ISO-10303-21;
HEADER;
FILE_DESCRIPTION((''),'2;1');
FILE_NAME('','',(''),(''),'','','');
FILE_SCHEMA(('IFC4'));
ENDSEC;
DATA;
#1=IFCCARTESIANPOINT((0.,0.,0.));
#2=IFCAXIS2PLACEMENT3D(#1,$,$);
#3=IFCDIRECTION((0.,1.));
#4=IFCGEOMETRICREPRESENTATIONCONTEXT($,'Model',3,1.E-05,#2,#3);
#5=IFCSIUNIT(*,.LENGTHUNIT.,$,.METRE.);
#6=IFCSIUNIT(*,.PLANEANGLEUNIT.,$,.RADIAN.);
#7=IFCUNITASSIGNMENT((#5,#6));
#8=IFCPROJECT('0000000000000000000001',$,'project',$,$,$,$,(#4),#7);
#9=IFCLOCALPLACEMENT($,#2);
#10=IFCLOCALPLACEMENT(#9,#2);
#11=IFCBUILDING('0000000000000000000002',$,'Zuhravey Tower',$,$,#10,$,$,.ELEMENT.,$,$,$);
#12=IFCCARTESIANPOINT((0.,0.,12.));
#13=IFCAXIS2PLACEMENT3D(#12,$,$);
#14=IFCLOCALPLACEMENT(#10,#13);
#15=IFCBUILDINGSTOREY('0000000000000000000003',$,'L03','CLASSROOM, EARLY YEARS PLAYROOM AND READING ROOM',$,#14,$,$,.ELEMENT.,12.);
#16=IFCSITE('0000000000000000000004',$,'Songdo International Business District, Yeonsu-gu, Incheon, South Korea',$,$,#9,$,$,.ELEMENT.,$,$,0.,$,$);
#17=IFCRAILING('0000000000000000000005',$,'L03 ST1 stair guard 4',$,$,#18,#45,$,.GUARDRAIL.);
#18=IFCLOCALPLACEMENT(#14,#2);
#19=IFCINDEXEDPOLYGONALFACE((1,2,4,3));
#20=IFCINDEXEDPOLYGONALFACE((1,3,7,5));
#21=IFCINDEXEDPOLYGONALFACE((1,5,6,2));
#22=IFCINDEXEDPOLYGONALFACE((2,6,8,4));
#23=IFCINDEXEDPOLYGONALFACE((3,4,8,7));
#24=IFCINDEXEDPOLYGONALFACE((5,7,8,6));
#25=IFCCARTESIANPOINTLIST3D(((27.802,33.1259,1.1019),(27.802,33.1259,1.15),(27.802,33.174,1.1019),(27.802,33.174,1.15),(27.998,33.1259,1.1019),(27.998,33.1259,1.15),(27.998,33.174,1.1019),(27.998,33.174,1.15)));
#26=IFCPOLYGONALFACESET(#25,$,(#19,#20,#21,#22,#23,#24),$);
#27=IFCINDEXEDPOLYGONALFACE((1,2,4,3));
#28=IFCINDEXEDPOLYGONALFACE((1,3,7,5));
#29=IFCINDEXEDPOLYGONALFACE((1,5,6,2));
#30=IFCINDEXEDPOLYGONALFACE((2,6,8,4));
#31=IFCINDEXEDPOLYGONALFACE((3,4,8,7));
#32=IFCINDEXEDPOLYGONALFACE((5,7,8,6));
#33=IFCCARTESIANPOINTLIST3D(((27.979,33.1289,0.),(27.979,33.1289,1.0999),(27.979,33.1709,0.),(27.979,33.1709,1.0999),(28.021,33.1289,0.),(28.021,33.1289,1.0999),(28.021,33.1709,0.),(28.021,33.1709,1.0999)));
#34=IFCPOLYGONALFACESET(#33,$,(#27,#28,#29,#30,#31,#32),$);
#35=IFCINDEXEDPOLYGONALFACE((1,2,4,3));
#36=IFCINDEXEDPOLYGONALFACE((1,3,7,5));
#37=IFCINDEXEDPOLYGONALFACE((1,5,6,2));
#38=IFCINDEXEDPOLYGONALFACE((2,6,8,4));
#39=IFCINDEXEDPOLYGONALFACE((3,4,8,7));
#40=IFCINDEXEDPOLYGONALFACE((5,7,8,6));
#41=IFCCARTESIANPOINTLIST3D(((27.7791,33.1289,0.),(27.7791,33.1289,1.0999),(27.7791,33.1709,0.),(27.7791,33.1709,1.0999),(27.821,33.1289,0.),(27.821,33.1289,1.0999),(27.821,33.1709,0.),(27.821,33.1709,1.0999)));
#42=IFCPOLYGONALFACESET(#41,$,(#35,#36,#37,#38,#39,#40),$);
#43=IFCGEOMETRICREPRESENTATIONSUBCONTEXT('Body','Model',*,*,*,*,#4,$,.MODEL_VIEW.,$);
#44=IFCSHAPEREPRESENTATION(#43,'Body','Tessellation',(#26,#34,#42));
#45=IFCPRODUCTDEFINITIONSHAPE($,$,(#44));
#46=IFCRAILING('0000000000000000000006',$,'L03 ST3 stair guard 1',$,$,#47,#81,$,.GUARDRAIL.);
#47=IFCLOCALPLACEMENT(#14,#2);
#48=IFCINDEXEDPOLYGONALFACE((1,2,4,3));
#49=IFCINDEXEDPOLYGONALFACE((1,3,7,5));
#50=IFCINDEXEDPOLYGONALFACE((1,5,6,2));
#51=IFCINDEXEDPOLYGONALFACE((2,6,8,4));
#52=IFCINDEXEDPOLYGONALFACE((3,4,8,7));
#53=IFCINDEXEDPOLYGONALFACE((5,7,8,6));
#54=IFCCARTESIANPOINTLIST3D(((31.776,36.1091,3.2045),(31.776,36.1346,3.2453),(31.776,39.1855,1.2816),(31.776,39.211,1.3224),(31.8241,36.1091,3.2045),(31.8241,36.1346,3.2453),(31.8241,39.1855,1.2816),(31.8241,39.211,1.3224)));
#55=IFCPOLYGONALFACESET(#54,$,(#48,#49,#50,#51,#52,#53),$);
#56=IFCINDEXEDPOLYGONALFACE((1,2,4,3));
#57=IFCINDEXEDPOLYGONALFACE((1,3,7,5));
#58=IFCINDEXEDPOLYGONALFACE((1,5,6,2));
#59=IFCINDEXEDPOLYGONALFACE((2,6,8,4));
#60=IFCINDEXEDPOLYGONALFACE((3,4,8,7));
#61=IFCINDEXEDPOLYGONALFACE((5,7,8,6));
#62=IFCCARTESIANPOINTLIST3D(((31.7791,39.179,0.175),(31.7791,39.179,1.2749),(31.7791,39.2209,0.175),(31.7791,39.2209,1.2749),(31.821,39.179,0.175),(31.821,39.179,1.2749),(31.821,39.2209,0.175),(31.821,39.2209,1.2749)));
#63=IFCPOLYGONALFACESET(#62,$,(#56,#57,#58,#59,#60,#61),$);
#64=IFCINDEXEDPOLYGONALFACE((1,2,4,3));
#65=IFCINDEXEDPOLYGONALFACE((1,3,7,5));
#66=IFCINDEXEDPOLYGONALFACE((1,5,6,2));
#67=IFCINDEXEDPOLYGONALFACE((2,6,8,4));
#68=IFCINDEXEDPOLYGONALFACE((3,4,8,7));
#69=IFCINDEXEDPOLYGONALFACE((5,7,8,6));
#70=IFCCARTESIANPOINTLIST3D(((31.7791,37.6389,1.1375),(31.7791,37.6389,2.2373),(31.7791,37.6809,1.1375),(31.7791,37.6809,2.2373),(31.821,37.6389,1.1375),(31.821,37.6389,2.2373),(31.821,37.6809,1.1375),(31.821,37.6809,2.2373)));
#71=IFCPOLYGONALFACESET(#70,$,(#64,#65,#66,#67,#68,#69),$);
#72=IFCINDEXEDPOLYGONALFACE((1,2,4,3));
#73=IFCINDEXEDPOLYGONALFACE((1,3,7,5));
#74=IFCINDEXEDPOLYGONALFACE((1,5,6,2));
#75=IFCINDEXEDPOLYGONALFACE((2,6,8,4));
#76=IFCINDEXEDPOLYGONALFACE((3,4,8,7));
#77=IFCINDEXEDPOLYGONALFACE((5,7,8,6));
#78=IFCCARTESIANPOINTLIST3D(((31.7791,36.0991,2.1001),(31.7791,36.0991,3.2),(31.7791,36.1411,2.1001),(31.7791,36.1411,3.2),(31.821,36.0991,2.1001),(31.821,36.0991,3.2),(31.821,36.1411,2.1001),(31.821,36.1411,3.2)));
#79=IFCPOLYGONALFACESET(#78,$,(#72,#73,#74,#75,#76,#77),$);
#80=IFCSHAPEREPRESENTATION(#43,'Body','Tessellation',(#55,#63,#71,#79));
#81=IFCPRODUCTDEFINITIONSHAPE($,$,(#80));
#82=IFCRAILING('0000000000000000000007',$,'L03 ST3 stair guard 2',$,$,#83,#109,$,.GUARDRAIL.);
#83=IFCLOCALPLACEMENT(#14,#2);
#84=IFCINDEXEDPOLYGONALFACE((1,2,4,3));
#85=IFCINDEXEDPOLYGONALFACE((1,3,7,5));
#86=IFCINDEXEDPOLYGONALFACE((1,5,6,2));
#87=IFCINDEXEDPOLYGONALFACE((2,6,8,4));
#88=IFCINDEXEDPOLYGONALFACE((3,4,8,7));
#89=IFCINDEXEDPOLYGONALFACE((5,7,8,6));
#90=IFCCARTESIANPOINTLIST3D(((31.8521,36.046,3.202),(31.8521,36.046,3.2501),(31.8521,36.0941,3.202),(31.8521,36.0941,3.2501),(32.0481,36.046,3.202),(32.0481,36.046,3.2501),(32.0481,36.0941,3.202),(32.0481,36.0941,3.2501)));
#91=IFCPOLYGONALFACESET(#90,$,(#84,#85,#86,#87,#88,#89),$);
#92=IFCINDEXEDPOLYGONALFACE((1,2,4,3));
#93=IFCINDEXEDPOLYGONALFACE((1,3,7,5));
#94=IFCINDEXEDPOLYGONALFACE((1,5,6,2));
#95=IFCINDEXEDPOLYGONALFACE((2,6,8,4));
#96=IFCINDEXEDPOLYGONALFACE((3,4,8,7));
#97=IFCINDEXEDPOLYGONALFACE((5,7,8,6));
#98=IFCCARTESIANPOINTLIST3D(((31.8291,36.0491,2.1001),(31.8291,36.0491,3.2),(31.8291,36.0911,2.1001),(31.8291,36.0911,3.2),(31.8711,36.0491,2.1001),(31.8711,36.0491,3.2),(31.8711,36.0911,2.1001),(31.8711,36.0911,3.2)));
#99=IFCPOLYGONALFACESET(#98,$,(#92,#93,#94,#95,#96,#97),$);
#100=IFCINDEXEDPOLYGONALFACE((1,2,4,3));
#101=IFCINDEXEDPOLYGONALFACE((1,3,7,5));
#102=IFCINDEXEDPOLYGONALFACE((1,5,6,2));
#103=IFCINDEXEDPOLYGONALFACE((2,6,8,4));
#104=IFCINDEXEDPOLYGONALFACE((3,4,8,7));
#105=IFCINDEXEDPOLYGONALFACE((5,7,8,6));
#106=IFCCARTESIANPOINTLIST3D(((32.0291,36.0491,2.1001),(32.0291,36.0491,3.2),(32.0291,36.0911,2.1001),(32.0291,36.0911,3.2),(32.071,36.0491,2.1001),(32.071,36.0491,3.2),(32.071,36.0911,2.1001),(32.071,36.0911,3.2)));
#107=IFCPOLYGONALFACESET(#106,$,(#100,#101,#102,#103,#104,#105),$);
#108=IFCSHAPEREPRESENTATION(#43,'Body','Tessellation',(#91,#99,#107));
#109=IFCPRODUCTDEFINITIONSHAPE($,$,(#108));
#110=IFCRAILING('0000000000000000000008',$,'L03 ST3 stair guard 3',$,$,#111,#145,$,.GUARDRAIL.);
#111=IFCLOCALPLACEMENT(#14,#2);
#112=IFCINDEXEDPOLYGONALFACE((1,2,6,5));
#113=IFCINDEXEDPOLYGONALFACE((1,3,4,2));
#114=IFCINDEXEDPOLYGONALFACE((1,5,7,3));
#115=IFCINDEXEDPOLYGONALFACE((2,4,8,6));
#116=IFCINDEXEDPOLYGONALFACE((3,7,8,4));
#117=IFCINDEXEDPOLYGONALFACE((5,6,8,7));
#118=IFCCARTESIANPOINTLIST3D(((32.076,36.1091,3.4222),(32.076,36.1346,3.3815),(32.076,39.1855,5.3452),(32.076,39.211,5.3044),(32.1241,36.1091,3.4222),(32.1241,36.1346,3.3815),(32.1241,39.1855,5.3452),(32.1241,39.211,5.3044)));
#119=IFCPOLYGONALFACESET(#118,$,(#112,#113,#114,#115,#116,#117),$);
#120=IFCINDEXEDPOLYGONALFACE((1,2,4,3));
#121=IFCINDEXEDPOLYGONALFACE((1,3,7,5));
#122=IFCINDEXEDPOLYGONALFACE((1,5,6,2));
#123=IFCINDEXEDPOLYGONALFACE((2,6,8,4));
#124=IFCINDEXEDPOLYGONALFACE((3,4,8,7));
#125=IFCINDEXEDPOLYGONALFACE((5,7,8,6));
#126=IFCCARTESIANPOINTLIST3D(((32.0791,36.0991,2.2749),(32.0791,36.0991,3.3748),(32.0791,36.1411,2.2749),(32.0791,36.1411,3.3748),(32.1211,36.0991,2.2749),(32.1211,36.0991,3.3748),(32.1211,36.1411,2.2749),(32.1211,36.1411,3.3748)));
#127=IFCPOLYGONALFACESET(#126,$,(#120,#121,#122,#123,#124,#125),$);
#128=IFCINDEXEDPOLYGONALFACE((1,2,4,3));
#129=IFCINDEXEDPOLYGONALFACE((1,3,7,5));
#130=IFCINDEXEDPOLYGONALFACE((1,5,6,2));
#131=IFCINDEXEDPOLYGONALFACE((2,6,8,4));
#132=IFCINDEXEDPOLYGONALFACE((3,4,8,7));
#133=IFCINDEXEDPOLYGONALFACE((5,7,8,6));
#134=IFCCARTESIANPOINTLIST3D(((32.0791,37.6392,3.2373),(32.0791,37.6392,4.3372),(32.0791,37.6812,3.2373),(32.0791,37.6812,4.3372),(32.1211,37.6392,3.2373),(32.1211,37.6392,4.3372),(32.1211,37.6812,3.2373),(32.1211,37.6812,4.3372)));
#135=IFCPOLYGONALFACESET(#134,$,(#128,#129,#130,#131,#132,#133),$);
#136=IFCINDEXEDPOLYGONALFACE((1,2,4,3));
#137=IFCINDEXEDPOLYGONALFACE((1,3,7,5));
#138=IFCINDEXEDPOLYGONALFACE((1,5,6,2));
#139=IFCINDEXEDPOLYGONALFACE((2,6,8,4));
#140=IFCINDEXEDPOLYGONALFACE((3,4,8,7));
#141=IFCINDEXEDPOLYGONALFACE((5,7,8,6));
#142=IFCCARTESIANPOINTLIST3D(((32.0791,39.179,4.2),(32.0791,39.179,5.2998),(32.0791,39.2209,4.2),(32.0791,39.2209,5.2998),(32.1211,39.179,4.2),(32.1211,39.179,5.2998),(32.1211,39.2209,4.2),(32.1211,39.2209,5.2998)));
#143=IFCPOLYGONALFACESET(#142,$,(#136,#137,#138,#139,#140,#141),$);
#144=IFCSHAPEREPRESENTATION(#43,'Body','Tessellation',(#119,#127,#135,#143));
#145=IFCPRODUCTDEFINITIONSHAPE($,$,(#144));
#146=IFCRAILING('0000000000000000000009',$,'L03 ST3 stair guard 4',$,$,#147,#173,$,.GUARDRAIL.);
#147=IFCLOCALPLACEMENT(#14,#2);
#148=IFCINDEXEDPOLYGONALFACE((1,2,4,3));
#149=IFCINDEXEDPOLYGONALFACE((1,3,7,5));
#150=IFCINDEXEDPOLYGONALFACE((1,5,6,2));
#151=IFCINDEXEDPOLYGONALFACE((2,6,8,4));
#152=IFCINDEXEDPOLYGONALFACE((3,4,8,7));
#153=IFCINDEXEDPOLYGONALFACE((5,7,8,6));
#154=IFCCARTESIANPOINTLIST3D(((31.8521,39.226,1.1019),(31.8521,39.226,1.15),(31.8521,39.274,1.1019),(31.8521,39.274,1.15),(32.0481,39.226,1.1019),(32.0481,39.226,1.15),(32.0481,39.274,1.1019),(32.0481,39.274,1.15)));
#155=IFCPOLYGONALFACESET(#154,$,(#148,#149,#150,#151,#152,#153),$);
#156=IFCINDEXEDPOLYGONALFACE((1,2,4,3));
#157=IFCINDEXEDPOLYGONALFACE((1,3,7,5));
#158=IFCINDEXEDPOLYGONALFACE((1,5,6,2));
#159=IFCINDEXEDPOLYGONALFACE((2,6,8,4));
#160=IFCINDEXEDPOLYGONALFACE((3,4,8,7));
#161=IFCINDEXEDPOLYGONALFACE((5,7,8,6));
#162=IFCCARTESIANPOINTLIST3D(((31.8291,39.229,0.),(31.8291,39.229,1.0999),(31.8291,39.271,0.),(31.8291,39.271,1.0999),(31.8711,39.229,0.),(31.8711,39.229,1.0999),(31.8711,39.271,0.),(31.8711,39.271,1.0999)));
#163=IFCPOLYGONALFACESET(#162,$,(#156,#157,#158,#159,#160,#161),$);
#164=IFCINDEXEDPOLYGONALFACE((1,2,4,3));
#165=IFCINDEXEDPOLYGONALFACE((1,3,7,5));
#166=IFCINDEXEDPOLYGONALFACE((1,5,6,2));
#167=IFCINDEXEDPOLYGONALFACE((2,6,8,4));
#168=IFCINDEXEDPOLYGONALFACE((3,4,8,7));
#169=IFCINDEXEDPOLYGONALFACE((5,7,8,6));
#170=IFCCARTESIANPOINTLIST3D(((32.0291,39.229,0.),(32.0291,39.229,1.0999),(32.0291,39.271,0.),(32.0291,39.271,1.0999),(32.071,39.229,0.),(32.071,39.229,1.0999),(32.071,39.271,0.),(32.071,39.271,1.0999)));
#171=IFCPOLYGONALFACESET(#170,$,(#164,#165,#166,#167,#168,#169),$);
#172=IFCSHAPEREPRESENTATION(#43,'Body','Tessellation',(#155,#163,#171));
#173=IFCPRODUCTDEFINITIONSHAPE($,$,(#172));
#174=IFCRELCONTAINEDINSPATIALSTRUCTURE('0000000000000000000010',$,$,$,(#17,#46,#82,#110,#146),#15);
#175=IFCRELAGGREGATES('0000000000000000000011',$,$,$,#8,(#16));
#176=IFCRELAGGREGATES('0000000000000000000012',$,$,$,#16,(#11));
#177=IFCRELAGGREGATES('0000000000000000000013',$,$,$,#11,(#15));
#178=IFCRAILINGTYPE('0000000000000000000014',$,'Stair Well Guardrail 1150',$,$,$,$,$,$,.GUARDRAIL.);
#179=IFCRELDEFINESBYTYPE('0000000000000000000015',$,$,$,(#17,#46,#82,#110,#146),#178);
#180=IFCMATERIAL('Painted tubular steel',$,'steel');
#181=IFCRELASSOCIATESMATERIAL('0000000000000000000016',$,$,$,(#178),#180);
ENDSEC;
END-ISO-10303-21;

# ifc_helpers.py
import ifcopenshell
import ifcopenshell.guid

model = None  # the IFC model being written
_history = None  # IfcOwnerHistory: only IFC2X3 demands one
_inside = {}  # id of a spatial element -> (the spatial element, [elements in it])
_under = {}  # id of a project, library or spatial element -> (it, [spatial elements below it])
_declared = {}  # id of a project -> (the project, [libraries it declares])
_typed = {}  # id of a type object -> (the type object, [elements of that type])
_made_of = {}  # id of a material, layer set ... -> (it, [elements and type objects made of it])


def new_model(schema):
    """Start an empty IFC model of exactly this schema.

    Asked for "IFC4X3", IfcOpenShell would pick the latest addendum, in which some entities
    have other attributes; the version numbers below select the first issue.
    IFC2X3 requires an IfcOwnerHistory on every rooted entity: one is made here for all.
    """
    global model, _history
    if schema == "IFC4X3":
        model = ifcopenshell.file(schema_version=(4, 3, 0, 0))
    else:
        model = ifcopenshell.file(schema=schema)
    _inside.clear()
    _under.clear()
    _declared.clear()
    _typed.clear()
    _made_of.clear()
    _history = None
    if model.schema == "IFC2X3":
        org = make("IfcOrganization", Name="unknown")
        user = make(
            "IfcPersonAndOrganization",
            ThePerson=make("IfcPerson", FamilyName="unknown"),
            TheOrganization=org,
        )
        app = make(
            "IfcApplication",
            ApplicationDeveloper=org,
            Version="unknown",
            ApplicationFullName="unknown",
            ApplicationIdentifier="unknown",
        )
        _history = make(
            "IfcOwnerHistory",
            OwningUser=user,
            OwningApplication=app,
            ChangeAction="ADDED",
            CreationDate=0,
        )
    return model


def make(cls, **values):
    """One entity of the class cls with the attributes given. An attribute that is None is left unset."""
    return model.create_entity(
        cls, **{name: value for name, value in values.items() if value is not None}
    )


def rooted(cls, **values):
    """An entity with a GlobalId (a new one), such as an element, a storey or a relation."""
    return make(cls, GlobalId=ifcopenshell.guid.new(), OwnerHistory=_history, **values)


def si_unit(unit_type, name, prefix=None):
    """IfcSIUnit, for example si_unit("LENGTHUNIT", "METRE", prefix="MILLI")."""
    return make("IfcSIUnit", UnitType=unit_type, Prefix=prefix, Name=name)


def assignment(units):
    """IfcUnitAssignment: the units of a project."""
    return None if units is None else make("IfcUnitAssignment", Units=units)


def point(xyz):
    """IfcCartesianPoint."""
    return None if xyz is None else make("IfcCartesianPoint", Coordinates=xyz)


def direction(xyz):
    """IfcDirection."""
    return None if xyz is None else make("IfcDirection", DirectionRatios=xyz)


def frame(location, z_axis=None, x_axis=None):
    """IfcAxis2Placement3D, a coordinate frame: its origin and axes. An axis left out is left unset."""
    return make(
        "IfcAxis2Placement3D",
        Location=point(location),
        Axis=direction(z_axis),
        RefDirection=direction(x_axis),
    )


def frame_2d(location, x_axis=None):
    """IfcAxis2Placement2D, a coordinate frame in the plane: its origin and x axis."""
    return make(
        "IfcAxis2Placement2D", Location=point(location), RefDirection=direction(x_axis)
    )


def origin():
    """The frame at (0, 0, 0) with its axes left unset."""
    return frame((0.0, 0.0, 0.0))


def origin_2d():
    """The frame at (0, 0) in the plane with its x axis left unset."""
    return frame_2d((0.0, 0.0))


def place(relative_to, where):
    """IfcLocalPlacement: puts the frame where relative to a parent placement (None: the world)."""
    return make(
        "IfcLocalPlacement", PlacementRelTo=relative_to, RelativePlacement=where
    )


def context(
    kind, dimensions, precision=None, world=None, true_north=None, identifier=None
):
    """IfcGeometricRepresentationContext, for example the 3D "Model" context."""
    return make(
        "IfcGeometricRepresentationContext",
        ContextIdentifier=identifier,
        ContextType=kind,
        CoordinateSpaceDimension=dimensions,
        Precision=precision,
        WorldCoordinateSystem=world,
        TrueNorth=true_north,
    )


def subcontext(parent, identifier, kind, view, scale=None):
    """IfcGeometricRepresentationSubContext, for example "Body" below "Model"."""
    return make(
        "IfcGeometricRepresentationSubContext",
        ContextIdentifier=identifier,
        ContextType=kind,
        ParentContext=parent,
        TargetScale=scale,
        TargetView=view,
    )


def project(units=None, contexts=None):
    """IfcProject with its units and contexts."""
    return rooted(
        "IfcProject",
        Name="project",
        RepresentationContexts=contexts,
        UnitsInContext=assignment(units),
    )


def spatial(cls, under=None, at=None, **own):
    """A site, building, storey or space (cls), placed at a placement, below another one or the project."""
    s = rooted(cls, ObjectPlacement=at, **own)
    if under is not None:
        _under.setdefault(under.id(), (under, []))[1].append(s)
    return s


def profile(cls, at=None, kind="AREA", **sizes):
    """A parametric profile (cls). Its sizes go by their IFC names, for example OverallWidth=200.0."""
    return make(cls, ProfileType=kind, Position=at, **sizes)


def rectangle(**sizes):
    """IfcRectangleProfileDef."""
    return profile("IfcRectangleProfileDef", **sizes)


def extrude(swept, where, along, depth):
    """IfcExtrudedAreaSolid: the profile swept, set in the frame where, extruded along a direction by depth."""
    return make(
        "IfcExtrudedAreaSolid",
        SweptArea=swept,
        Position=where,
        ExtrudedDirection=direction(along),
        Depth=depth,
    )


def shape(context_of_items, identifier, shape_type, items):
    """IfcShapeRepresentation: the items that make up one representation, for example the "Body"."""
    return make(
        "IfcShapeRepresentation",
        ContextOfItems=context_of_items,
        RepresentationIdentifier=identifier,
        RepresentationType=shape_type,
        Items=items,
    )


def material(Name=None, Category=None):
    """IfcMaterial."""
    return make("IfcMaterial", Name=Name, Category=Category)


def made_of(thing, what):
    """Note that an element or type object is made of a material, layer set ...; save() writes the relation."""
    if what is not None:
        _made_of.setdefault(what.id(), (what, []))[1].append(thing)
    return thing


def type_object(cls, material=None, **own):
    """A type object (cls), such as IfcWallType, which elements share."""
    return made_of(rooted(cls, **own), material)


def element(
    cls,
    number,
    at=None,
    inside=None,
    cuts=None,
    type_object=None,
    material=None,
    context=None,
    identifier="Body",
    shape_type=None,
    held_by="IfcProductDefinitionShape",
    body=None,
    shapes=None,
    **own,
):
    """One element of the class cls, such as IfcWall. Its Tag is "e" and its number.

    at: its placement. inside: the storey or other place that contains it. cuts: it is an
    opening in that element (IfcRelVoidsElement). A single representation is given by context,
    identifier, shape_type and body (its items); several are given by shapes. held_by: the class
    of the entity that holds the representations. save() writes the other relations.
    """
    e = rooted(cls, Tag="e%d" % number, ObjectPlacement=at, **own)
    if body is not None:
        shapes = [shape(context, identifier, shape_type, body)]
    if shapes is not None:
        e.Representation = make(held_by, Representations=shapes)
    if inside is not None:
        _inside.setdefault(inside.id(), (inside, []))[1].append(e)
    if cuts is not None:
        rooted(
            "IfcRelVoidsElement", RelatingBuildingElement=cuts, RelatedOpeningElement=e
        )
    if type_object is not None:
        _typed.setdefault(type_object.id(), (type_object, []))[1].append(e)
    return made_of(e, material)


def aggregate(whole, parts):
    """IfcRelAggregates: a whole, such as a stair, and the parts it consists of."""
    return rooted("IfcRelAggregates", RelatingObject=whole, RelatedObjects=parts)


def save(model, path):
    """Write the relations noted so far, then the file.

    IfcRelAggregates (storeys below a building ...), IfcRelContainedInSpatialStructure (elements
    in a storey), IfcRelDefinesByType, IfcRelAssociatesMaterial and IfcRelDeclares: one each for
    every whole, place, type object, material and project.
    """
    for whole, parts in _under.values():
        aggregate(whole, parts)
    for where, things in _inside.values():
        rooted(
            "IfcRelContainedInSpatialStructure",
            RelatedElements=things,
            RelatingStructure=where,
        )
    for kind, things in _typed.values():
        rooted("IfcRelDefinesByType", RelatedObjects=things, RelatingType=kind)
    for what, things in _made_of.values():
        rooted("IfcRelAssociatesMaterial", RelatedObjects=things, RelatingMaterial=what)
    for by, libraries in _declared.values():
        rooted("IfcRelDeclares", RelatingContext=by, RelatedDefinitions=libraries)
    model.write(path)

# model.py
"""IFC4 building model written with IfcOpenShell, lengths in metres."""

from ifc_helpers import new_model, si_unit, direction, frame, origin, origin_2d, place, context, subcontext, project, spatial, rectangle, extrude, material, type_object, element, save


model = new_model("IFC4")

# Units and contexts
model_context = context("Model", 3, precision=1e-05, world=origin(), true_north=direction((0.0, 1.0)))
body_context = subcontext(model_context, "Body", "Model", "MODEL_VIEW")
ifc_project = project(units=[si_unit("LENGTHUNIT", "METRE"), si_unit("PLANEANGLEUNIT", "RADIAN")], contexts=[model_context])

# Site, building, storey
site_placement = place(None, origin())
site = spatial("IfcSite", under=ifc_project, at=site_placement, Name="Songdo International Business District, Yeonsu-gu, Incheon, South Korea", CompositionType="ELEMENT", RefElevation=0.0)
building_placement = place(site_placement, origin())
building = spatial("IfcBuilding", under=site, at=building_placement, Name="Zuhravey Tower", CompositionType="ELEMENT")
storey_placement = place(building_placement, frame((0.0, 0.0, 12.0)))
storey = spatial("IfcBuildingStorey", under=building, at=storey_placement, Name="L03", Description="CLASSROOM, EARLY YEARS PLAYROOM AND READING ROOM", CompositionType="ELEMENT", Elevation=12.0)

# Railings
ifc_material_1 = material(Name="Painted tubular steel", Category="steel")
railing_type_1 = type_object("IfcRailingType", Name="Stair Well Guardrail 1150", PredefinedType="GUARDRAIL", material=ifc_material_1)
railing_1_placement = place(storey_placement, frame((28.0, 33.1499, 0.0)))
element("IfcRailing", 1, at=railing_1_placement, inside=storey, type_object=railing_type_1, Name="L03 ST1 stair guard 4", PredefinedType="GUARDRAIL", context=body_context, shape_type="SweptSolid", body=[
    extrude(rectangle(XDim=0.0481, YDim=0.0481, at=origin_2d()), frame((-0.002, 0.0, 1.126), z_axis=(-1.0, 0.0, 0.0), x_axis=(0.0, -1.0, 0.0)), (0.0, 0.0, 1.0), 0.196),
    extrude(rectangle(XDim=0.042, YDim=0.042, at=origin_2d()), origin(), (0.0, 0.0, 1.0), 1.0999),
    extrude(rectangle(XDim=0.042, YDim=0.042, at=origin_2d()), frame((-0.2, 0.0, 0.0)), (0.0, 0.0, 1.0), 1.0999),
])
railing_2_placement = place(storey_placement, frame((31.8, 39.2, 0.175)))
element("IfcRailing", 2, at=railing_2_placement, inside=storey, type_object=railing_type_1, Name="L03 ST3 stair guard 1", PredefinedType="GUARDRAIL", context=body_context, shape_type="SweptSolid", body=[
    extrude(rectangle(XDim=0.0481, YDim=0.0481, at=origin_2d()), frame((0.0, -0.0017, 1.127), z_axis=(0.0, -0.847979, 0.530029), x_axis=(1.0, 0.0, 0.0)), (0.0, 0.0, 1.0), 3.6279),
    extrude(rectangle(XDim=0.042, YDim=0.042, at=origin_2d()), origin(), (0.0, 0.0, 1.0), 1.0999),
    extrude(rectangle(XDim=0.042, YDim=0.042, at=origin_2d()), frame((0.0, -1.54, 0.9624)), (0.0, 0.0, 1.0), 1.0999),
    extrude(rectangle(XDim=0.042, YDim=0.042, at=origin_2d()), frame((0.0, -3.0798, 1.925)), (0.0, 0.0, 1.0), 1.0999),
])
railing_3_placement = place(storey_placement, frame((31.8501, 36.0701, 2.1001)))
element("IfcRailing", 3, at=railing_3_placement, inside=storey, type_object=railing_type_1, Name="L03 ST3 stair guard 2", PredefinedType="GUARDRAIL", context=body_context, shape_type="SweptSolid", body=[
    extrude(rectangle(XDim=0.0481, YDim=0.0481, at=origin_2d()), frame((0.002, 0.0, 1.126), z_axis=(1.0, 0.0, 0.0), x_axis=(0.0, 1.0, 0.0)), (0.0, 0.0, 1.0), 0.196),
    extrude(rectangle(XDim=0.042, YDim=0.042, at=origin_2d()), origin(), (0.0, 0.0, 1.0), 1.0999),
    extrude(rectangle(XDim=0.042, YDim=0.042, at=origin_2d()), frame((0.2, 0.0, 0.0)), (0.0, 0.0, 1.0), 1.0999),
])
railing_4_placement = place(storey_placement, frame((32.1001, 36.1201, 2.2749)))
element("IfcRailing", 4, at=railing_4_placement, inside=storey, type_object=railing_type_1, Name="L03 ST3 stair guard 3", PredefinedType="GUARDRAIL", context=body_context, shape_type="SweptSolid", body=[
    extrude(rectangle(XDim=0.0481, YDim=0.0481, at=origin_2d()), frame((0.0, 0.0017, 1.127), z_axis=(0.0, 0.847979, 0.530029), x_axis=(-1.0, 0.0, 0.0)), (0.0, 0.0, 1.0), 3.6279),
    extrude(rectangle(XDim=0.042, YDim=0.042, at=origin_2d()), origin(), (0.0, 0.0, 1.0), 1.0999),
    extrude(rectangle(XDim=0.042, YDim=0.042, at=origin_2d()), frame((0.0, 1.54, 0.9624)), (0.0, 0.0, 1.0), 1.0999),
    extrude(rectangle(XDim=0.042, YDim=0.042, at=origin_2d()), frame((0.0, 3.0798, 1.925)), (0.0, 0.0, 1.0), 1.0999),
])
railing_5_placement = place(storey_placement, frame((31.8501, 39.25, 0.0)))
element("IfcRailing", 5, at=railing_5_placement, inside=storey, type_object=railing_type_1, Name="L03 ST3 stair guard 4", PredefinedType="GUARDRAIL", context=body_context, shape_type="SweptSolid", body=[
    extrude(rectangle(XDim=0.0481, YDim=0.0481, at=origin_2d()), frame((0.002, 0.0, 1.126), z_axis=(1.0, 0.0, 0.0), x_axis=(0.0, 1.0, 0.0)), (0.0, 0.0, 1.0), 0.196),
    extrude(rectangle(XDim=0.042, YDim=0.042, at=origin_2d()), origin(), (0.0, 0.0, 1.0), 1.0999),
    extrude(rectangle(XDim=0.042, YDim=0.042, at=origin_2d()), frame((0.2, 0.0, 0.0)), (0.0, 0.0, 1.0), 1.0999),
])

save(model, "model.ifc")
